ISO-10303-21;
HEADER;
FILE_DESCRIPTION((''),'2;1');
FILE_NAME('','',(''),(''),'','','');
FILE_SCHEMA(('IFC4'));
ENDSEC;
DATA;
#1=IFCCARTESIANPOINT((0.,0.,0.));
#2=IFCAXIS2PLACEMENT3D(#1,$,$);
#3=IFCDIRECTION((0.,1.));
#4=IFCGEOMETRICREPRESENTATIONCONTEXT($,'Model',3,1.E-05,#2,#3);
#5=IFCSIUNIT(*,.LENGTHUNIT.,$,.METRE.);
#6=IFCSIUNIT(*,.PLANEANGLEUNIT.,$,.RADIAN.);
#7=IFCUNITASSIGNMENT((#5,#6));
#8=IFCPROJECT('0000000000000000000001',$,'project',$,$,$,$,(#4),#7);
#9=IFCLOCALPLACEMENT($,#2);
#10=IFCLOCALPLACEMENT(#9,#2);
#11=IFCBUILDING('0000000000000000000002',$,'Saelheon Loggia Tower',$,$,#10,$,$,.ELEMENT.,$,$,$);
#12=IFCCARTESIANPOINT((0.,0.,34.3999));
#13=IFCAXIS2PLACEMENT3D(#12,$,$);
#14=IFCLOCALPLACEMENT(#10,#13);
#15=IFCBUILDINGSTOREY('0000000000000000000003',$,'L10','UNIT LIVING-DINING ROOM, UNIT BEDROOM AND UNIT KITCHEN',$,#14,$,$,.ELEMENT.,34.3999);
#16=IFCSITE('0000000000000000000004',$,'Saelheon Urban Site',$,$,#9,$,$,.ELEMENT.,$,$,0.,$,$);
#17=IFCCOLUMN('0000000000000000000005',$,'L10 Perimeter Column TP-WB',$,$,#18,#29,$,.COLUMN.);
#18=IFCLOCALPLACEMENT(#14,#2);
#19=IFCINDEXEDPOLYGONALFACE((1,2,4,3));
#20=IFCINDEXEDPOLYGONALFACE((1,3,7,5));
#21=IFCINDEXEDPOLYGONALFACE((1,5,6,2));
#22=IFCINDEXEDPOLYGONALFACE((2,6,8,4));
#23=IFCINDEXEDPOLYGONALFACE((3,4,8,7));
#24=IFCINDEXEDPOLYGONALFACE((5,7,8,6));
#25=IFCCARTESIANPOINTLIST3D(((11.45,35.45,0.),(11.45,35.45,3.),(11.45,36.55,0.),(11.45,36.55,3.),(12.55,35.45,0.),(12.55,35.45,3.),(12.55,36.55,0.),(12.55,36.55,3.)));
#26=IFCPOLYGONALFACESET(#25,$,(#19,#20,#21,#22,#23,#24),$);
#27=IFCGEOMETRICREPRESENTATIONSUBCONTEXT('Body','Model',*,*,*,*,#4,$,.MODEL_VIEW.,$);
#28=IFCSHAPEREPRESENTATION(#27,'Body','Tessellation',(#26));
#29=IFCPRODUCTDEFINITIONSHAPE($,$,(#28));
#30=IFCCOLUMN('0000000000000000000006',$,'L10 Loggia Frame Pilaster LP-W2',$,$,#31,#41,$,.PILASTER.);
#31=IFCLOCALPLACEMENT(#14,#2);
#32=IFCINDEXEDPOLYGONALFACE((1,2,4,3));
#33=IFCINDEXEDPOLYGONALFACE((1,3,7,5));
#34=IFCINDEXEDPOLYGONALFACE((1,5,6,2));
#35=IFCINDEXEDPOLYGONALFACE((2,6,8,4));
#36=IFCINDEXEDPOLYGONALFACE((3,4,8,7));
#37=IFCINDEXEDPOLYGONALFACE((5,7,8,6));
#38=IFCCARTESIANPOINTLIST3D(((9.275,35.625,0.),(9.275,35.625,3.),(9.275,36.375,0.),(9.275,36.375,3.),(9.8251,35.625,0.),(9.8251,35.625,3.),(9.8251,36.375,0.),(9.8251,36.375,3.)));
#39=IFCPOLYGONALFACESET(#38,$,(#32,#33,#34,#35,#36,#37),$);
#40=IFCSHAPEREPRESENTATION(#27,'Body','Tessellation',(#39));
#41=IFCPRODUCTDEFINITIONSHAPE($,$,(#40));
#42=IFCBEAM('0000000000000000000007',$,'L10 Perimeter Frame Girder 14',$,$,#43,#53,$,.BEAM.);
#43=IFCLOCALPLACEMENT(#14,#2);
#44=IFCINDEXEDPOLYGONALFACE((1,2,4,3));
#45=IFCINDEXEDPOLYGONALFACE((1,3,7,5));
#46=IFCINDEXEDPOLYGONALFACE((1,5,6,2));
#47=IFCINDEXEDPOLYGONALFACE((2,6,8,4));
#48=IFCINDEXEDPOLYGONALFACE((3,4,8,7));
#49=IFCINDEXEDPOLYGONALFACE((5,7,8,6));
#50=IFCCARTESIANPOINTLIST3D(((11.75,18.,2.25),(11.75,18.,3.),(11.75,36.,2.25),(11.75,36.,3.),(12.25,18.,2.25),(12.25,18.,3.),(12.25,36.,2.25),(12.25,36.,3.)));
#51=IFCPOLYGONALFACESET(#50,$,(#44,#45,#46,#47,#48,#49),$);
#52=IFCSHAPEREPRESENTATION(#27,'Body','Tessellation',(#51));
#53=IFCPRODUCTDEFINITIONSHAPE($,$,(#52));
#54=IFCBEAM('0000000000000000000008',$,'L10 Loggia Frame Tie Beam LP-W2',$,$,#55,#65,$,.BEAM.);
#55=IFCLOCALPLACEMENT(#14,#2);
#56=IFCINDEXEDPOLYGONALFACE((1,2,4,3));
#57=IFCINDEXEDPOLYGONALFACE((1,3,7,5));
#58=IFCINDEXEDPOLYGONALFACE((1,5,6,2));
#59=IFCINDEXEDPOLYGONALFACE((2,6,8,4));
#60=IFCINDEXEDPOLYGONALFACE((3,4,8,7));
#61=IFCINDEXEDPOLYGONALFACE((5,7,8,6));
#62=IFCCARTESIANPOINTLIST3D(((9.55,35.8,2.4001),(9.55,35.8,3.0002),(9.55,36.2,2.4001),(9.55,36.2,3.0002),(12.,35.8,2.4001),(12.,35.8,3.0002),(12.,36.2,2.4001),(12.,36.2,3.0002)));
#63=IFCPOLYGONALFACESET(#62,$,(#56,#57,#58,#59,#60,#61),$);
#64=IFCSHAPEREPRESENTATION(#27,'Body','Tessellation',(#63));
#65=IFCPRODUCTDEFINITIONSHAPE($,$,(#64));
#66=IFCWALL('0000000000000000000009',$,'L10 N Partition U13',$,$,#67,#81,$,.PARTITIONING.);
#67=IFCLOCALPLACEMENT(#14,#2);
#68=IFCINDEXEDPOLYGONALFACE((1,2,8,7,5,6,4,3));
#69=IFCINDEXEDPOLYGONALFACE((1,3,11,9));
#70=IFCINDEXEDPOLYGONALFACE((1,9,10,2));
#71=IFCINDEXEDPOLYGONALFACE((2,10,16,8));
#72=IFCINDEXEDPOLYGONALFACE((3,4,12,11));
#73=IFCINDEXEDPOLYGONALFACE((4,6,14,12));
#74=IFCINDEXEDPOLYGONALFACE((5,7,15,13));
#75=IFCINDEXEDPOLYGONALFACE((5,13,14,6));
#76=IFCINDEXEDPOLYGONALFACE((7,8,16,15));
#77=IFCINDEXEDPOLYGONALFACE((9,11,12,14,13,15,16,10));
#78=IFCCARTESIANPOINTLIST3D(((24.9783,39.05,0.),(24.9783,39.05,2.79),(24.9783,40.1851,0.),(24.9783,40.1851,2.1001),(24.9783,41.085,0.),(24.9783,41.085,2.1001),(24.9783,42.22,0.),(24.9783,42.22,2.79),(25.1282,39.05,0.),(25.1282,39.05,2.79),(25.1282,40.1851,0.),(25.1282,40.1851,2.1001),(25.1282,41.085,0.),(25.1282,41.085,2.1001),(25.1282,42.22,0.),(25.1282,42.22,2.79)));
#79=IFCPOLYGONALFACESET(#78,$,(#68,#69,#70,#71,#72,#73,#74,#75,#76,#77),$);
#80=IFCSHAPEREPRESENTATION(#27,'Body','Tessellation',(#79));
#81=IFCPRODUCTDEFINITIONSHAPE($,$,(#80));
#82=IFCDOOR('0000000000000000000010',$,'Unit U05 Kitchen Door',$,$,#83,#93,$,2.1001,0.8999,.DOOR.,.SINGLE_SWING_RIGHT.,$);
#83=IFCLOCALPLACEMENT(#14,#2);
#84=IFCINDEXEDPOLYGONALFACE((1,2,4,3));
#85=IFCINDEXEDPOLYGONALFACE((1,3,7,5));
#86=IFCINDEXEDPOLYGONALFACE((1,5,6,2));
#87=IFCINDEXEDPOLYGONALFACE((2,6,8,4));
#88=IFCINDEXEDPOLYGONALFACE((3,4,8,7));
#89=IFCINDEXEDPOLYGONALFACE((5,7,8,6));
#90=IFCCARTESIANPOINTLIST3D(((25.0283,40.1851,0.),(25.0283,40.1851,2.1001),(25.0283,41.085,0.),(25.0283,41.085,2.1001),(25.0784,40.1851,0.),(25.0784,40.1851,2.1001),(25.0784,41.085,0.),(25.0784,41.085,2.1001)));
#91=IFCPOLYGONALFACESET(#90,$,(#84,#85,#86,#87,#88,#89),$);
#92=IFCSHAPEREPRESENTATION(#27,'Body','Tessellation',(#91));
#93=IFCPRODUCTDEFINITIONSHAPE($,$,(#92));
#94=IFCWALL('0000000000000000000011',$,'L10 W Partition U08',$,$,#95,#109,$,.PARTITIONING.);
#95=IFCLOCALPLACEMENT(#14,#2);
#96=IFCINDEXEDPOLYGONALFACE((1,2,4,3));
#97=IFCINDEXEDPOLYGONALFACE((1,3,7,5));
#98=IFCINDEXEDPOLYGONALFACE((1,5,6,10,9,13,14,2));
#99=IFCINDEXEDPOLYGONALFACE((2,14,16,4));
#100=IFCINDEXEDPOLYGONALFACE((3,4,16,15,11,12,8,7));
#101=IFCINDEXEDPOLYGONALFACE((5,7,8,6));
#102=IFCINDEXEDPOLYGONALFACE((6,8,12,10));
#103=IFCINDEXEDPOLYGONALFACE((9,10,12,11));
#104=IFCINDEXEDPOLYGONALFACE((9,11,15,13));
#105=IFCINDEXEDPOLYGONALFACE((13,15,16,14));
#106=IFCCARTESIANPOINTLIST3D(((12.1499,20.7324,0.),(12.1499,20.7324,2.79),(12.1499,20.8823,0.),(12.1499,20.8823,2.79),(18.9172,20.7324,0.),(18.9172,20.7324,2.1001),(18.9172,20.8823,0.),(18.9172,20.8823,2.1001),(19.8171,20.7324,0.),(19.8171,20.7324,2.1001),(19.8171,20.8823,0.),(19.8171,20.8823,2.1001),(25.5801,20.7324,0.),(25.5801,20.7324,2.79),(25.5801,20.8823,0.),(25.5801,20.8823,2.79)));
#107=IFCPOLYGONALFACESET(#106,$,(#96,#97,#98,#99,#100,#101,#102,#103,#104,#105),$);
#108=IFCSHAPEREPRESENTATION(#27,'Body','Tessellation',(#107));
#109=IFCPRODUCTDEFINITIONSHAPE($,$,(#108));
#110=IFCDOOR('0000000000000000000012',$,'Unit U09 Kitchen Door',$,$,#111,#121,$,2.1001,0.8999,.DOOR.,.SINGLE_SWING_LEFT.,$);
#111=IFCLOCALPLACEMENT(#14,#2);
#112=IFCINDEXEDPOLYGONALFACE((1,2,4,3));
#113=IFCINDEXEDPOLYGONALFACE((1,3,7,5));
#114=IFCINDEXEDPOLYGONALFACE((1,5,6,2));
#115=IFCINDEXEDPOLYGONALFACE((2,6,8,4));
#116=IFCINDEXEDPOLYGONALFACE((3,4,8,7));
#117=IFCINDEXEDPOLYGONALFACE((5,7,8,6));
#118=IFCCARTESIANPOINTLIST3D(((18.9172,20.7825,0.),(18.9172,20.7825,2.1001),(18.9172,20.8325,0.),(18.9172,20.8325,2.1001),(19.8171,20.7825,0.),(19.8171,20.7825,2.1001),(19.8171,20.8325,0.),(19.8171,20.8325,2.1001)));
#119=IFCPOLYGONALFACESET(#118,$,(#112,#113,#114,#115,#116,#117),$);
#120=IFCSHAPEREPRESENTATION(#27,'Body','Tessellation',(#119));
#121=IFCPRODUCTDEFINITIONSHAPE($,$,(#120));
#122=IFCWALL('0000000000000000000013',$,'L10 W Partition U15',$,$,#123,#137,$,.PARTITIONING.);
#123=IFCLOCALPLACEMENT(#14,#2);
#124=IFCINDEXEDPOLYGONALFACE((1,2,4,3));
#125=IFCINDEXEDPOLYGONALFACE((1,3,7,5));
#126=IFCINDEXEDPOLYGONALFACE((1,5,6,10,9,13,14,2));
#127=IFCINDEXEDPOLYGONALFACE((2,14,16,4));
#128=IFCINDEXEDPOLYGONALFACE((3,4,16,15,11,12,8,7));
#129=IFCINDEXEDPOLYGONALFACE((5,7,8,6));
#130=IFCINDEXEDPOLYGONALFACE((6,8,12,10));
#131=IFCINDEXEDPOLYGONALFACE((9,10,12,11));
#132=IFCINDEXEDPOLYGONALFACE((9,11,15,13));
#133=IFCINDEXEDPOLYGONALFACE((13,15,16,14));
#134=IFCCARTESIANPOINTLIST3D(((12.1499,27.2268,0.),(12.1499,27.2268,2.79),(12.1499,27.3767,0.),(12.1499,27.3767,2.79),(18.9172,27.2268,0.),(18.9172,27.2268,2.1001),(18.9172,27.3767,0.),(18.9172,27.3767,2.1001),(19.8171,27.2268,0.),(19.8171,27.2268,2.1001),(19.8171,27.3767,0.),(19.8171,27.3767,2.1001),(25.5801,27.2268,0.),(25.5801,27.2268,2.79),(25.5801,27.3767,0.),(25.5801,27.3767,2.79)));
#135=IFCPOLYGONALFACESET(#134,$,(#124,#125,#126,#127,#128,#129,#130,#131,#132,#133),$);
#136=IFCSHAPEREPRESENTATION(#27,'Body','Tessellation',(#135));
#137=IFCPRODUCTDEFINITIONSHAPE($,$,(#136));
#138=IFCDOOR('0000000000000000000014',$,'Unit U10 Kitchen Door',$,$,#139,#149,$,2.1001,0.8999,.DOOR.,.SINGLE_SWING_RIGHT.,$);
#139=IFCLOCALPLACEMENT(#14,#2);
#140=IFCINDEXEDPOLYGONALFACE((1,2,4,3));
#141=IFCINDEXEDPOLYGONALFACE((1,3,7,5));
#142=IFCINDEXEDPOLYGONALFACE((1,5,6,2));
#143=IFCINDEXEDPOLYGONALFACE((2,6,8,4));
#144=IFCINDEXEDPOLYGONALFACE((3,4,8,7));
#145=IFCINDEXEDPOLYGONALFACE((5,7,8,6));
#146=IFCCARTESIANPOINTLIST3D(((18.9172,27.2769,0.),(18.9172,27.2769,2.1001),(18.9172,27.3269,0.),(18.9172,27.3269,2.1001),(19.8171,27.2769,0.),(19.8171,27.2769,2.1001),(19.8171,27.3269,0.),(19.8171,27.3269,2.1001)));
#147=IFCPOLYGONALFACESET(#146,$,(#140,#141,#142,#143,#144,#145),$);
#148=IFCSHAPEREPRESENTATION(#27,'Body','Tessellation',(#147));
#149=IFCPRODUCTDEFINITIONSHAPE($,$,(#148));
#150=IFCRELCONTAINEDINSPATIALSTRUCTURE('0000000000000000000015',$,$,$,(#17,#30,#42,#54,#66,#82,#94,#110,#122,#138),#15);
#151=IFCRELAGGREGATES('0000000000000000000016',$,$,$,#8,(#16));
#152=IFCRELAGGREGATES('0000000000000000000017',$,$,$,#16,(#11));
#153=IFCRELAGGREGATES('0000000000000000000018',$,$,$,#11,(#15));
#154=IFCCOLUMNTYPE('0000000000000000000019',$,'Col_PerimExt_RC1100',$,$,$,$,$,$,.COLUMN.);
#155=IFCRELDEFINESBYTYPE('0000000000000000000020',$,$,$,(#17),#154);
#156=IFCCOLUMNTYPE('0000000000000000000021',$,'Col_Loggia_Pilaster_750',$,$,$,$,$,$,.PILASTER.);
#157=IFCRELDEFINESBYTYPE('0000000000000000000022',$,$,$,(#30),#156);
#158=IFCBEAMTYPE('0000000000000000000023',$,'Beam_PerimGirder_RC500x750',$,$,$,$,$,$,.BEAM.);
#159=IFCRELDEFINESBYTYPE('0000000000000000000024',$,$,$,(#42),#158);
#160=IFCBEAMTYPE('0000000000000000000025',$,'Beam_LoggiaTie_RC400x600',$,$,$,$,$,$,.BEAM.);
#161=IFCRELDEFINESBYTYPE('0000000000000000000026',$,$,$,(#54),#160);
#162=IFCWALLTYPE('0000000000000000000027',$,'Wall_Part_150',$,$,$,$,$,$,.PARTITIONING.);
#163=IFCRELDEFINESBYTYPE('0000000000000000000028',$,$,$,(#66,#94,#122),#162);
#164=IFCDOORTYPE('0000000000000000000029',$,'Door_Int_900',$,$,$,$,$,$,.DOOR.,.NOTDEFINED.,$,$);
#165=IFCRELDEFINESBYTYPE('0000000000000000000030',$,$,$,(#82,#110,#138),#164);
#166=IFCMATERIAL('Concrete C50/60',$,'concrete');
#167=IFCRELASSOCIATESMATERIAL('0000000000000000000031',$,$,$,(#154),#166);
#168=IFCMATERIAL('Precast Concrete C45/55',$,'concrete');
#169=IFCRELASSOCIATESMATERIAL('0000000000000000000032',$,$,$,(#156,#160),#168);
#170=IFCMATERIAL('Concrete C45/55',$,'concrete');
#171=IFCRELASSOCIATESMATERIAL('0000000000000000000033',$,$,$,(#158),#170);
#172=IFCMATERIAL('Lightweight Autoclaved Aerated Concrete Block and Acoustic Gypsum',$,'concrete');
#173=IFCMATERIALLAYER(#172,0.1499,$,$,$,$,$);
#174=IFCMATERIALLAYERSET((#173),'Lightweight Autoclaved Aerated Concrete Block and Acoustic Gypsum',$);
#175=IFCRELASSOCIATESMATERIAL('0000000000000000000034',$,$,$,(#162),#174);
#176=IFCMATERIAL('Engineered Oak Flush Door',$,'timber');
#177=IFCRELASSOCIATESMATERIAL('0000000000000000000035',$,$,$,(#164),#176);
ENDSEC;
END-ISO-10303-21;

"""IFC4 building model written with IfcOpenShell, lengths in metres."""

from ifc_helpers import new_model, si_unit, direction, frame, frame_2d, origin, origin_2d, place, context, subcontext, project, spatial, rectangle, extrude, source, transform, mapped, material, layer, layer_set, material_profile, profile_set, type_object, element, fill, save


model = new_model("IFC4")

# Units and contexts
model_context = context("Model", 3, precision=1e-05, world=origin(), true_north=direction((0.0, 1.0)))
body_context = subcontext(model_context, "Body", "Model", "MODEL_VIEW")
ifc_project = project(units=[si_unit("LENGTHUNIT", "METRE"), si_unit("PLANEANGLEUNIT", "RADIAN")], contexts=[model_context])

# Site, building, storey
site_placement = place(None, origin())
site = spatial("IfcSite", under=ifc_project, at=site_placement, Name="Saelheon Urban Site", CompositionType="ELEMENT", RefElevation=0.0)
building_placement = place(site_placement, origin())
building = spatial("IfcBuilding", under=site, at=building_placement, Name="Saelheon Loggia Tower", CompositionType="ELEMENT")
storey_placement = place(building_placement, frame((0.0, 0.0, 34.3999)))
storey = spatial("IfcBuildingStorey", under=building, at=storey_placement, Name="L10", Description="UNIT LIVING-DINING ROOM, UNIT BEDROOM AND UNIT KITCHEN", CompositionType="ELEMENT", Elevation=34.3999)

# Columns
ifc_material_1 = material(Name="Concrete C50/60", Category="concrete")
ifc_material_profile_1 = material_profile(ifc_material_1, rectangle(XDim=1.1001, YDim=1.1001, at=origin_2d()), Name="RC-1100x1100")
ifc_profile_set_1 = profile_set([ifc_material_profile_1], Name="Concrete C50/60")
column_type_1 = type_object("IfcColumnType", Name="Col_PerimExt_RC1100", PredefinedType="COLUMN", material=ifc_profile_set_1)
shared_shape_1 = source(origin(), body_context, "Body", "SweptSolid", [
    extrude(rectangle(XDim=1.1001, YDim=1.1001, at=origin_2d()), origin(), (0.0, 0.0, 1.0), 3.0),
])
column_1_placement = place(storey_placement, frame((12.0, 36.0, 0.0), z_axis=(0.0, 0.0, 1.0), x_axis=(1.0, 0.0, 0.0)))
element("IfcColumn", 1, at=column_1_placement, inside=storey, type_object=column_type_1, Name="L10 Perimeter Column TP-WB", PredefinedType="COLUMN", context=body_context, shape_type="MappedRepresentation", body=[
    mapped(shared_shape_1, transform((0.0, 0.0, 0.0), scale=1.0)),
])
ifc_material_2 = material(Name="Precast Concrete C45/55", Category="concrete")
ifc_material_profile_2 = material_profile(ifc_material_2, rectangle(XDim=0.55, YDim=0.75, at=origin_2d()), Name="RC-550x750")
ifc_profile_set_2 = profile_set([ifc_material_profile_2], Name="Precast Concrete C45/55")
column_type_2 = type_object("IfcColumnType", Name="Col_Loggia_Pilaster_750", PredefinedType="PILASTER", material=ifc_profile_set_2)
shared_shape_2 = source(origin(), body_context, "Body", "SweptSolid", [
    extrude(rectangle(XDim=0.55, YDim=0.75, at=origin_2d()), origin(), (0.0, 0.0, 1.0), 3.0),
])
column_2_placement = place(storey_placement, frame((9.55, 36.0, 0.0), z_axis=(0.0, 0.0, 1.0), x_axis=(1.0, 0.0, 0.0)))
element("IfcColumn", 2, at=column_2_placement, inside=storey, type_object=column_type_2, Name="L10 Loggia Frame Pilaster LP-W2", PredefinedType="PILASTER", context=body_context, shape_type="MappedRepresentation", body=[
    mapped(shared_shape_2, transform((0.0, 0.0, 0.0), scale=1.0)),
])

# Beams
ifc_material_3 = material(Name="Concrete C45/55", Category="concrete")
ifc_material_profile_3 = material_profile(ifc_material_3, rectangle(XDim=0.5, YDim=0.75, at=origin_2d()), Name="RC-500x750")
ifc_profile_set_3 = profile_set([ifc_material_profile_3], Name="Concrete C45/55")
beam_type_1 = type_object("IfcBeamType", Name="Beam_PerimGirder_RC500x750", PredefinedType="BEAM", material=ifc_profile_set_3)
shared_shape_3 = source(origin(), body_context, "Body", "SweptSolid", [
    extrude(rectangle(XDim=0.5, YDim=0.75, at=origin_2d()), origin(), (0.0, 0.0, 1.0), 18.0),
])
beam_1_placement = place(storey_placement, frame((12.0, 36.0, 2.625), z_axis=(0.0, -1.0, 0.0), x_axis=(1.0, 0.0, 0.0)))
element("IfcBeam", 3, at=beam_1_placement, inside=storey, type_object=beam_type_1, Name="L10 Perimeter Frame Girder 14", PredefinedType="BEAM", context=body_context, shape_type="MappedRepresentation", body=[
    mapped(shared_shape_3, transform((0.0, 0.0, 0.0), scale=1.0)),
])
ifc_material_profile_4 = material_profile(ifc_material_2, rectangle(XDim=0.3999, YDim=0.6001, at=origin_2d()), Name="RC-400x600")
ifc_profile_set_4 = profile_set([ifc_material_profile_4], Name="Precast Concrete C45/55")
beam_type_2 = type_object("IfcBeamType", Name="Beam_LoggiaTie_RC400x600", PredefinedType="BEAM", material=ifc_profile_set_4)
shared_shape_4 = source(origin(), body_context, "Body", "SweptSolid", [
    extrude(rectangle(XDim=0.3999, YDim=0.6001, at=origin_2d()), origin(), (0.0, 0.0, 1.0), 2.45),
])
beam_2_placement = place(storey_placement, frame((12.0, 36.0, 2.7002), z_axis=(-1.0, 0.0, 0.0), x_axis=(0.0, -1.0, 0.0)))
element("IfcBeam", 4, at=beam_2_placement, inside=storey, type_object=beam_type_2, Name="L10 Loggia Frame Tie Beam LP-W2", PredefinedType="BEAM", context=body_context, shape_type="MappedRepresentation", body=[
    mapped(shared_shape_4, transform((0.0, 0.0, 0.0), scale=1.0)),
])

# Walls, openings, doors
ifc_material_4 = material(Name="Lightweight Autoclaved Aerated Concrete Block and Acoustic Gypsum", Category="concrete")
ifc_layer_1 = layer(ifc_material_4, 0.1499)
ifc_layer_set_1 = layer_set([ifc_layer_1], Name="Lightweight Autoclaved Aerated Concrete Block and Acoustic Gypsum")
wall_type_1 = type_object("IfcWallType", Name="Wall_Part_150", PredefinedType="PARTITIONING", material=ifc_layer_set_1)
wall_1_placement = place(storey_placement, frame((25.0532, 39.05, 0.0), z_axis=(0.0, 0.0, 1.0), x_axis=(0.0, 1.0, 0.0)))
wall_1 = element("IfcWall", 5, at=wall_1_placement, inside=storey, type_object=wall_type_1, Name="L10 N Partition U13", PredefinedType="PARTITIONING", context=body_context, shape_type="SweptSolid", body=[
    extrude(rectangle(XDim=3.1699, YDim=0.1499, at=frame_2d((1.585, 0.0))), origin(), (0.0, 0.0, 1.0), 2.79),
])
opening_1_placement = place(wall_1_placement, frame((1.135, 0.0, 0.0)))
opening_1 = element("IfcOpeningElement", 6, at=opening_1_placement, cuts=wall_1, PredefinedType="OPENING", context=body_context, shape_type="SweptSolid", body=[
    extrude(rectangle(XDim=0.8999, YDim=2.1001, at=frame_2d((0.45, 1.05))), frame((0.0, 0.0869, 0.0), z_axis=(0.0, -1.0, 0.0), x_axis=(1.0, 0.0, 0.0)), (0.0, 0.0, 1.0), 0.1738),
])
ifc_material_5 = material(Name="Engineered Oak Flush Door", Category="timber")
door_type_1 = type_object("IfcDoorType", Name="Door_Int_900", OperationType="NOTDEFINED", PredefinedType="DOOR", material=ifc_material_5)
shared_shape_5 = source(origin(), body_context, "Body", "SweptSolid", [
    extrude(rectangle(XDim=0.8999, YDim=2.1001, at=frame_2d((0.45, 1.05))), frame((0.0, 0.0249, 0.0), z_axis=(0.0, -1.0, 0.0), x_axis=(1.0, 0.0, 0.0)), (0.0, 0.0, 1.0), 0.05),
])
door_1_placement = place(opening_1_placement, origin())
door_1 = element("IfcDoor", 7, at=door_1_placement, inside=storey, type_object=door_type_1, Name="Unit U05 Kitchen Door", OperationType="SINGLE_SWING_RIGHT", OverallHeight=2.1001, OverallWidth=0.8999, PredefinedType="DOOR", context=body_context, shape_type="MappedRepresentation", body=[
    mapped(shared_shape_5, transform((0.0, 0.0, 0.0), scale=1.0)),
])
fill(opening_1, door_1)
wall_2_placement = place(storey_placement, frame((25.5801, 20.8074, 0.0), z_axis=(0.0, 0.0, 1.0), x_axis=(-1.0, 0.0, 0.0)))
wall_2 = element("IfcWall", 8, at=wall_2_placement, inside=storey, type_object=wall_type_1, Name="L10 W Partition U08", PredefinedType="PARTITIONING", context=body_context, shape_type="SweptSolid", body=[
    extrude(rectangle(XDim=13.4302, YDim=0.1499, at=frame_2d((6.7151, 0.0))), origin(), (0.0, 0.0, 1.0), 2.79),
])
opening_2_placement = place(wall_2_placement, frame((5.7629, 0.0, 0.0)))
opening_2 = element("IfcOpeningElement", 9, at=opening_2_placement, cuts=wall_2, PredefinedType="OPENING", context=body_context, shape_type="SweptSolid", body=[
    extrude(rectangle(XDim=0.8999, YDim=2.1001, at=frame_2d((0.45, 1.05))), frame((0.0, 0.0869, 0.0), z_axis=(0.0, -1.0, 0.0), x_axis=(1.0, 0.0, 0.0)), (0.0, 0.0, 1.0), 0.1738),
])
door_2_placement = place(opening_2_placement, origin())
door_2 = element("IfcDoor", 10, at=door_2_placement, inside=storey, type_object=door_type_1, Name="Unit U09 Kitchen Door", OperationType="SINGLE_SWING_LEFT", OverallHeight=2.1001, OverallWidth=0.8999, PredefinedType="DOOR", context=body_context, shape_type="MappedRepresentation", body=[
    mapped(shared_shape_5, transform((0.0, 0.0, 0.0), scale=1.0)),
])
fill(opening_2, door_2)
wall_3_placement = place(storey_placement, frame((25.5801, 27.3018, 0.0), z_axis=(0.0, 0.0, 1.0), x_axis=(-1.0, 0.0, 0.0)))
wall_3 = element("IfcWall", 11, at=wall_3_placement, inside=storey, type_object=wall_type_1, Name="L10 W Partition U15", PredefinedType="PARTITIONING", context=body_context, shape_type="SweptSolid", body=[
    extrude(rectangle(XDim=13.4302, YDim=0.1499, at=frame_2d((6.7151, 0.0))), origin(), (0.0, 0.0, 1.0), 2.79),
])
opening_3_placement = place(wall_3_placement, frame((5.7629, 0.0, 0.0)))
opening_3 = element("IfcOpeningElement", 12, at=opening_3_placement, cuts=wall_3, PredefinedType="OPENING", context=body_context, shape_type="SweptSolid", body=[
    extrude(rectangle(XDim=0.8999, YDim=2.1001, at=frame_2d((0.45, 1.05))), frame((0.0, 0.0869, 0.0), z_axis=(0.0, -1.0, 0.0), x_axis=(1.0, 0.0, 0.0)), (0.0, 0.0, 1.0), 0.1738),
])
door_3_placement = place(opening_3_placement, origin())
door_3 = element("IfcDoor", 13, at=door_3_placement, inside=storey, type_object=door_type_1, Name="Unit U10 Kitchen Door", OperationType="SINGLE_SWING_RIGHT", OverallHeight=2.1001, OverallWidth=0.8999, PredefinedType="DOOR", context=body_context, shape_type="MappedRepresentation", body=[
    mapped(shared_shape_5, transform((0.0, 0.0, 0.0), scale=1.0)),
])
fill(opening_3, door_3)

save(model, "model.ifc")
